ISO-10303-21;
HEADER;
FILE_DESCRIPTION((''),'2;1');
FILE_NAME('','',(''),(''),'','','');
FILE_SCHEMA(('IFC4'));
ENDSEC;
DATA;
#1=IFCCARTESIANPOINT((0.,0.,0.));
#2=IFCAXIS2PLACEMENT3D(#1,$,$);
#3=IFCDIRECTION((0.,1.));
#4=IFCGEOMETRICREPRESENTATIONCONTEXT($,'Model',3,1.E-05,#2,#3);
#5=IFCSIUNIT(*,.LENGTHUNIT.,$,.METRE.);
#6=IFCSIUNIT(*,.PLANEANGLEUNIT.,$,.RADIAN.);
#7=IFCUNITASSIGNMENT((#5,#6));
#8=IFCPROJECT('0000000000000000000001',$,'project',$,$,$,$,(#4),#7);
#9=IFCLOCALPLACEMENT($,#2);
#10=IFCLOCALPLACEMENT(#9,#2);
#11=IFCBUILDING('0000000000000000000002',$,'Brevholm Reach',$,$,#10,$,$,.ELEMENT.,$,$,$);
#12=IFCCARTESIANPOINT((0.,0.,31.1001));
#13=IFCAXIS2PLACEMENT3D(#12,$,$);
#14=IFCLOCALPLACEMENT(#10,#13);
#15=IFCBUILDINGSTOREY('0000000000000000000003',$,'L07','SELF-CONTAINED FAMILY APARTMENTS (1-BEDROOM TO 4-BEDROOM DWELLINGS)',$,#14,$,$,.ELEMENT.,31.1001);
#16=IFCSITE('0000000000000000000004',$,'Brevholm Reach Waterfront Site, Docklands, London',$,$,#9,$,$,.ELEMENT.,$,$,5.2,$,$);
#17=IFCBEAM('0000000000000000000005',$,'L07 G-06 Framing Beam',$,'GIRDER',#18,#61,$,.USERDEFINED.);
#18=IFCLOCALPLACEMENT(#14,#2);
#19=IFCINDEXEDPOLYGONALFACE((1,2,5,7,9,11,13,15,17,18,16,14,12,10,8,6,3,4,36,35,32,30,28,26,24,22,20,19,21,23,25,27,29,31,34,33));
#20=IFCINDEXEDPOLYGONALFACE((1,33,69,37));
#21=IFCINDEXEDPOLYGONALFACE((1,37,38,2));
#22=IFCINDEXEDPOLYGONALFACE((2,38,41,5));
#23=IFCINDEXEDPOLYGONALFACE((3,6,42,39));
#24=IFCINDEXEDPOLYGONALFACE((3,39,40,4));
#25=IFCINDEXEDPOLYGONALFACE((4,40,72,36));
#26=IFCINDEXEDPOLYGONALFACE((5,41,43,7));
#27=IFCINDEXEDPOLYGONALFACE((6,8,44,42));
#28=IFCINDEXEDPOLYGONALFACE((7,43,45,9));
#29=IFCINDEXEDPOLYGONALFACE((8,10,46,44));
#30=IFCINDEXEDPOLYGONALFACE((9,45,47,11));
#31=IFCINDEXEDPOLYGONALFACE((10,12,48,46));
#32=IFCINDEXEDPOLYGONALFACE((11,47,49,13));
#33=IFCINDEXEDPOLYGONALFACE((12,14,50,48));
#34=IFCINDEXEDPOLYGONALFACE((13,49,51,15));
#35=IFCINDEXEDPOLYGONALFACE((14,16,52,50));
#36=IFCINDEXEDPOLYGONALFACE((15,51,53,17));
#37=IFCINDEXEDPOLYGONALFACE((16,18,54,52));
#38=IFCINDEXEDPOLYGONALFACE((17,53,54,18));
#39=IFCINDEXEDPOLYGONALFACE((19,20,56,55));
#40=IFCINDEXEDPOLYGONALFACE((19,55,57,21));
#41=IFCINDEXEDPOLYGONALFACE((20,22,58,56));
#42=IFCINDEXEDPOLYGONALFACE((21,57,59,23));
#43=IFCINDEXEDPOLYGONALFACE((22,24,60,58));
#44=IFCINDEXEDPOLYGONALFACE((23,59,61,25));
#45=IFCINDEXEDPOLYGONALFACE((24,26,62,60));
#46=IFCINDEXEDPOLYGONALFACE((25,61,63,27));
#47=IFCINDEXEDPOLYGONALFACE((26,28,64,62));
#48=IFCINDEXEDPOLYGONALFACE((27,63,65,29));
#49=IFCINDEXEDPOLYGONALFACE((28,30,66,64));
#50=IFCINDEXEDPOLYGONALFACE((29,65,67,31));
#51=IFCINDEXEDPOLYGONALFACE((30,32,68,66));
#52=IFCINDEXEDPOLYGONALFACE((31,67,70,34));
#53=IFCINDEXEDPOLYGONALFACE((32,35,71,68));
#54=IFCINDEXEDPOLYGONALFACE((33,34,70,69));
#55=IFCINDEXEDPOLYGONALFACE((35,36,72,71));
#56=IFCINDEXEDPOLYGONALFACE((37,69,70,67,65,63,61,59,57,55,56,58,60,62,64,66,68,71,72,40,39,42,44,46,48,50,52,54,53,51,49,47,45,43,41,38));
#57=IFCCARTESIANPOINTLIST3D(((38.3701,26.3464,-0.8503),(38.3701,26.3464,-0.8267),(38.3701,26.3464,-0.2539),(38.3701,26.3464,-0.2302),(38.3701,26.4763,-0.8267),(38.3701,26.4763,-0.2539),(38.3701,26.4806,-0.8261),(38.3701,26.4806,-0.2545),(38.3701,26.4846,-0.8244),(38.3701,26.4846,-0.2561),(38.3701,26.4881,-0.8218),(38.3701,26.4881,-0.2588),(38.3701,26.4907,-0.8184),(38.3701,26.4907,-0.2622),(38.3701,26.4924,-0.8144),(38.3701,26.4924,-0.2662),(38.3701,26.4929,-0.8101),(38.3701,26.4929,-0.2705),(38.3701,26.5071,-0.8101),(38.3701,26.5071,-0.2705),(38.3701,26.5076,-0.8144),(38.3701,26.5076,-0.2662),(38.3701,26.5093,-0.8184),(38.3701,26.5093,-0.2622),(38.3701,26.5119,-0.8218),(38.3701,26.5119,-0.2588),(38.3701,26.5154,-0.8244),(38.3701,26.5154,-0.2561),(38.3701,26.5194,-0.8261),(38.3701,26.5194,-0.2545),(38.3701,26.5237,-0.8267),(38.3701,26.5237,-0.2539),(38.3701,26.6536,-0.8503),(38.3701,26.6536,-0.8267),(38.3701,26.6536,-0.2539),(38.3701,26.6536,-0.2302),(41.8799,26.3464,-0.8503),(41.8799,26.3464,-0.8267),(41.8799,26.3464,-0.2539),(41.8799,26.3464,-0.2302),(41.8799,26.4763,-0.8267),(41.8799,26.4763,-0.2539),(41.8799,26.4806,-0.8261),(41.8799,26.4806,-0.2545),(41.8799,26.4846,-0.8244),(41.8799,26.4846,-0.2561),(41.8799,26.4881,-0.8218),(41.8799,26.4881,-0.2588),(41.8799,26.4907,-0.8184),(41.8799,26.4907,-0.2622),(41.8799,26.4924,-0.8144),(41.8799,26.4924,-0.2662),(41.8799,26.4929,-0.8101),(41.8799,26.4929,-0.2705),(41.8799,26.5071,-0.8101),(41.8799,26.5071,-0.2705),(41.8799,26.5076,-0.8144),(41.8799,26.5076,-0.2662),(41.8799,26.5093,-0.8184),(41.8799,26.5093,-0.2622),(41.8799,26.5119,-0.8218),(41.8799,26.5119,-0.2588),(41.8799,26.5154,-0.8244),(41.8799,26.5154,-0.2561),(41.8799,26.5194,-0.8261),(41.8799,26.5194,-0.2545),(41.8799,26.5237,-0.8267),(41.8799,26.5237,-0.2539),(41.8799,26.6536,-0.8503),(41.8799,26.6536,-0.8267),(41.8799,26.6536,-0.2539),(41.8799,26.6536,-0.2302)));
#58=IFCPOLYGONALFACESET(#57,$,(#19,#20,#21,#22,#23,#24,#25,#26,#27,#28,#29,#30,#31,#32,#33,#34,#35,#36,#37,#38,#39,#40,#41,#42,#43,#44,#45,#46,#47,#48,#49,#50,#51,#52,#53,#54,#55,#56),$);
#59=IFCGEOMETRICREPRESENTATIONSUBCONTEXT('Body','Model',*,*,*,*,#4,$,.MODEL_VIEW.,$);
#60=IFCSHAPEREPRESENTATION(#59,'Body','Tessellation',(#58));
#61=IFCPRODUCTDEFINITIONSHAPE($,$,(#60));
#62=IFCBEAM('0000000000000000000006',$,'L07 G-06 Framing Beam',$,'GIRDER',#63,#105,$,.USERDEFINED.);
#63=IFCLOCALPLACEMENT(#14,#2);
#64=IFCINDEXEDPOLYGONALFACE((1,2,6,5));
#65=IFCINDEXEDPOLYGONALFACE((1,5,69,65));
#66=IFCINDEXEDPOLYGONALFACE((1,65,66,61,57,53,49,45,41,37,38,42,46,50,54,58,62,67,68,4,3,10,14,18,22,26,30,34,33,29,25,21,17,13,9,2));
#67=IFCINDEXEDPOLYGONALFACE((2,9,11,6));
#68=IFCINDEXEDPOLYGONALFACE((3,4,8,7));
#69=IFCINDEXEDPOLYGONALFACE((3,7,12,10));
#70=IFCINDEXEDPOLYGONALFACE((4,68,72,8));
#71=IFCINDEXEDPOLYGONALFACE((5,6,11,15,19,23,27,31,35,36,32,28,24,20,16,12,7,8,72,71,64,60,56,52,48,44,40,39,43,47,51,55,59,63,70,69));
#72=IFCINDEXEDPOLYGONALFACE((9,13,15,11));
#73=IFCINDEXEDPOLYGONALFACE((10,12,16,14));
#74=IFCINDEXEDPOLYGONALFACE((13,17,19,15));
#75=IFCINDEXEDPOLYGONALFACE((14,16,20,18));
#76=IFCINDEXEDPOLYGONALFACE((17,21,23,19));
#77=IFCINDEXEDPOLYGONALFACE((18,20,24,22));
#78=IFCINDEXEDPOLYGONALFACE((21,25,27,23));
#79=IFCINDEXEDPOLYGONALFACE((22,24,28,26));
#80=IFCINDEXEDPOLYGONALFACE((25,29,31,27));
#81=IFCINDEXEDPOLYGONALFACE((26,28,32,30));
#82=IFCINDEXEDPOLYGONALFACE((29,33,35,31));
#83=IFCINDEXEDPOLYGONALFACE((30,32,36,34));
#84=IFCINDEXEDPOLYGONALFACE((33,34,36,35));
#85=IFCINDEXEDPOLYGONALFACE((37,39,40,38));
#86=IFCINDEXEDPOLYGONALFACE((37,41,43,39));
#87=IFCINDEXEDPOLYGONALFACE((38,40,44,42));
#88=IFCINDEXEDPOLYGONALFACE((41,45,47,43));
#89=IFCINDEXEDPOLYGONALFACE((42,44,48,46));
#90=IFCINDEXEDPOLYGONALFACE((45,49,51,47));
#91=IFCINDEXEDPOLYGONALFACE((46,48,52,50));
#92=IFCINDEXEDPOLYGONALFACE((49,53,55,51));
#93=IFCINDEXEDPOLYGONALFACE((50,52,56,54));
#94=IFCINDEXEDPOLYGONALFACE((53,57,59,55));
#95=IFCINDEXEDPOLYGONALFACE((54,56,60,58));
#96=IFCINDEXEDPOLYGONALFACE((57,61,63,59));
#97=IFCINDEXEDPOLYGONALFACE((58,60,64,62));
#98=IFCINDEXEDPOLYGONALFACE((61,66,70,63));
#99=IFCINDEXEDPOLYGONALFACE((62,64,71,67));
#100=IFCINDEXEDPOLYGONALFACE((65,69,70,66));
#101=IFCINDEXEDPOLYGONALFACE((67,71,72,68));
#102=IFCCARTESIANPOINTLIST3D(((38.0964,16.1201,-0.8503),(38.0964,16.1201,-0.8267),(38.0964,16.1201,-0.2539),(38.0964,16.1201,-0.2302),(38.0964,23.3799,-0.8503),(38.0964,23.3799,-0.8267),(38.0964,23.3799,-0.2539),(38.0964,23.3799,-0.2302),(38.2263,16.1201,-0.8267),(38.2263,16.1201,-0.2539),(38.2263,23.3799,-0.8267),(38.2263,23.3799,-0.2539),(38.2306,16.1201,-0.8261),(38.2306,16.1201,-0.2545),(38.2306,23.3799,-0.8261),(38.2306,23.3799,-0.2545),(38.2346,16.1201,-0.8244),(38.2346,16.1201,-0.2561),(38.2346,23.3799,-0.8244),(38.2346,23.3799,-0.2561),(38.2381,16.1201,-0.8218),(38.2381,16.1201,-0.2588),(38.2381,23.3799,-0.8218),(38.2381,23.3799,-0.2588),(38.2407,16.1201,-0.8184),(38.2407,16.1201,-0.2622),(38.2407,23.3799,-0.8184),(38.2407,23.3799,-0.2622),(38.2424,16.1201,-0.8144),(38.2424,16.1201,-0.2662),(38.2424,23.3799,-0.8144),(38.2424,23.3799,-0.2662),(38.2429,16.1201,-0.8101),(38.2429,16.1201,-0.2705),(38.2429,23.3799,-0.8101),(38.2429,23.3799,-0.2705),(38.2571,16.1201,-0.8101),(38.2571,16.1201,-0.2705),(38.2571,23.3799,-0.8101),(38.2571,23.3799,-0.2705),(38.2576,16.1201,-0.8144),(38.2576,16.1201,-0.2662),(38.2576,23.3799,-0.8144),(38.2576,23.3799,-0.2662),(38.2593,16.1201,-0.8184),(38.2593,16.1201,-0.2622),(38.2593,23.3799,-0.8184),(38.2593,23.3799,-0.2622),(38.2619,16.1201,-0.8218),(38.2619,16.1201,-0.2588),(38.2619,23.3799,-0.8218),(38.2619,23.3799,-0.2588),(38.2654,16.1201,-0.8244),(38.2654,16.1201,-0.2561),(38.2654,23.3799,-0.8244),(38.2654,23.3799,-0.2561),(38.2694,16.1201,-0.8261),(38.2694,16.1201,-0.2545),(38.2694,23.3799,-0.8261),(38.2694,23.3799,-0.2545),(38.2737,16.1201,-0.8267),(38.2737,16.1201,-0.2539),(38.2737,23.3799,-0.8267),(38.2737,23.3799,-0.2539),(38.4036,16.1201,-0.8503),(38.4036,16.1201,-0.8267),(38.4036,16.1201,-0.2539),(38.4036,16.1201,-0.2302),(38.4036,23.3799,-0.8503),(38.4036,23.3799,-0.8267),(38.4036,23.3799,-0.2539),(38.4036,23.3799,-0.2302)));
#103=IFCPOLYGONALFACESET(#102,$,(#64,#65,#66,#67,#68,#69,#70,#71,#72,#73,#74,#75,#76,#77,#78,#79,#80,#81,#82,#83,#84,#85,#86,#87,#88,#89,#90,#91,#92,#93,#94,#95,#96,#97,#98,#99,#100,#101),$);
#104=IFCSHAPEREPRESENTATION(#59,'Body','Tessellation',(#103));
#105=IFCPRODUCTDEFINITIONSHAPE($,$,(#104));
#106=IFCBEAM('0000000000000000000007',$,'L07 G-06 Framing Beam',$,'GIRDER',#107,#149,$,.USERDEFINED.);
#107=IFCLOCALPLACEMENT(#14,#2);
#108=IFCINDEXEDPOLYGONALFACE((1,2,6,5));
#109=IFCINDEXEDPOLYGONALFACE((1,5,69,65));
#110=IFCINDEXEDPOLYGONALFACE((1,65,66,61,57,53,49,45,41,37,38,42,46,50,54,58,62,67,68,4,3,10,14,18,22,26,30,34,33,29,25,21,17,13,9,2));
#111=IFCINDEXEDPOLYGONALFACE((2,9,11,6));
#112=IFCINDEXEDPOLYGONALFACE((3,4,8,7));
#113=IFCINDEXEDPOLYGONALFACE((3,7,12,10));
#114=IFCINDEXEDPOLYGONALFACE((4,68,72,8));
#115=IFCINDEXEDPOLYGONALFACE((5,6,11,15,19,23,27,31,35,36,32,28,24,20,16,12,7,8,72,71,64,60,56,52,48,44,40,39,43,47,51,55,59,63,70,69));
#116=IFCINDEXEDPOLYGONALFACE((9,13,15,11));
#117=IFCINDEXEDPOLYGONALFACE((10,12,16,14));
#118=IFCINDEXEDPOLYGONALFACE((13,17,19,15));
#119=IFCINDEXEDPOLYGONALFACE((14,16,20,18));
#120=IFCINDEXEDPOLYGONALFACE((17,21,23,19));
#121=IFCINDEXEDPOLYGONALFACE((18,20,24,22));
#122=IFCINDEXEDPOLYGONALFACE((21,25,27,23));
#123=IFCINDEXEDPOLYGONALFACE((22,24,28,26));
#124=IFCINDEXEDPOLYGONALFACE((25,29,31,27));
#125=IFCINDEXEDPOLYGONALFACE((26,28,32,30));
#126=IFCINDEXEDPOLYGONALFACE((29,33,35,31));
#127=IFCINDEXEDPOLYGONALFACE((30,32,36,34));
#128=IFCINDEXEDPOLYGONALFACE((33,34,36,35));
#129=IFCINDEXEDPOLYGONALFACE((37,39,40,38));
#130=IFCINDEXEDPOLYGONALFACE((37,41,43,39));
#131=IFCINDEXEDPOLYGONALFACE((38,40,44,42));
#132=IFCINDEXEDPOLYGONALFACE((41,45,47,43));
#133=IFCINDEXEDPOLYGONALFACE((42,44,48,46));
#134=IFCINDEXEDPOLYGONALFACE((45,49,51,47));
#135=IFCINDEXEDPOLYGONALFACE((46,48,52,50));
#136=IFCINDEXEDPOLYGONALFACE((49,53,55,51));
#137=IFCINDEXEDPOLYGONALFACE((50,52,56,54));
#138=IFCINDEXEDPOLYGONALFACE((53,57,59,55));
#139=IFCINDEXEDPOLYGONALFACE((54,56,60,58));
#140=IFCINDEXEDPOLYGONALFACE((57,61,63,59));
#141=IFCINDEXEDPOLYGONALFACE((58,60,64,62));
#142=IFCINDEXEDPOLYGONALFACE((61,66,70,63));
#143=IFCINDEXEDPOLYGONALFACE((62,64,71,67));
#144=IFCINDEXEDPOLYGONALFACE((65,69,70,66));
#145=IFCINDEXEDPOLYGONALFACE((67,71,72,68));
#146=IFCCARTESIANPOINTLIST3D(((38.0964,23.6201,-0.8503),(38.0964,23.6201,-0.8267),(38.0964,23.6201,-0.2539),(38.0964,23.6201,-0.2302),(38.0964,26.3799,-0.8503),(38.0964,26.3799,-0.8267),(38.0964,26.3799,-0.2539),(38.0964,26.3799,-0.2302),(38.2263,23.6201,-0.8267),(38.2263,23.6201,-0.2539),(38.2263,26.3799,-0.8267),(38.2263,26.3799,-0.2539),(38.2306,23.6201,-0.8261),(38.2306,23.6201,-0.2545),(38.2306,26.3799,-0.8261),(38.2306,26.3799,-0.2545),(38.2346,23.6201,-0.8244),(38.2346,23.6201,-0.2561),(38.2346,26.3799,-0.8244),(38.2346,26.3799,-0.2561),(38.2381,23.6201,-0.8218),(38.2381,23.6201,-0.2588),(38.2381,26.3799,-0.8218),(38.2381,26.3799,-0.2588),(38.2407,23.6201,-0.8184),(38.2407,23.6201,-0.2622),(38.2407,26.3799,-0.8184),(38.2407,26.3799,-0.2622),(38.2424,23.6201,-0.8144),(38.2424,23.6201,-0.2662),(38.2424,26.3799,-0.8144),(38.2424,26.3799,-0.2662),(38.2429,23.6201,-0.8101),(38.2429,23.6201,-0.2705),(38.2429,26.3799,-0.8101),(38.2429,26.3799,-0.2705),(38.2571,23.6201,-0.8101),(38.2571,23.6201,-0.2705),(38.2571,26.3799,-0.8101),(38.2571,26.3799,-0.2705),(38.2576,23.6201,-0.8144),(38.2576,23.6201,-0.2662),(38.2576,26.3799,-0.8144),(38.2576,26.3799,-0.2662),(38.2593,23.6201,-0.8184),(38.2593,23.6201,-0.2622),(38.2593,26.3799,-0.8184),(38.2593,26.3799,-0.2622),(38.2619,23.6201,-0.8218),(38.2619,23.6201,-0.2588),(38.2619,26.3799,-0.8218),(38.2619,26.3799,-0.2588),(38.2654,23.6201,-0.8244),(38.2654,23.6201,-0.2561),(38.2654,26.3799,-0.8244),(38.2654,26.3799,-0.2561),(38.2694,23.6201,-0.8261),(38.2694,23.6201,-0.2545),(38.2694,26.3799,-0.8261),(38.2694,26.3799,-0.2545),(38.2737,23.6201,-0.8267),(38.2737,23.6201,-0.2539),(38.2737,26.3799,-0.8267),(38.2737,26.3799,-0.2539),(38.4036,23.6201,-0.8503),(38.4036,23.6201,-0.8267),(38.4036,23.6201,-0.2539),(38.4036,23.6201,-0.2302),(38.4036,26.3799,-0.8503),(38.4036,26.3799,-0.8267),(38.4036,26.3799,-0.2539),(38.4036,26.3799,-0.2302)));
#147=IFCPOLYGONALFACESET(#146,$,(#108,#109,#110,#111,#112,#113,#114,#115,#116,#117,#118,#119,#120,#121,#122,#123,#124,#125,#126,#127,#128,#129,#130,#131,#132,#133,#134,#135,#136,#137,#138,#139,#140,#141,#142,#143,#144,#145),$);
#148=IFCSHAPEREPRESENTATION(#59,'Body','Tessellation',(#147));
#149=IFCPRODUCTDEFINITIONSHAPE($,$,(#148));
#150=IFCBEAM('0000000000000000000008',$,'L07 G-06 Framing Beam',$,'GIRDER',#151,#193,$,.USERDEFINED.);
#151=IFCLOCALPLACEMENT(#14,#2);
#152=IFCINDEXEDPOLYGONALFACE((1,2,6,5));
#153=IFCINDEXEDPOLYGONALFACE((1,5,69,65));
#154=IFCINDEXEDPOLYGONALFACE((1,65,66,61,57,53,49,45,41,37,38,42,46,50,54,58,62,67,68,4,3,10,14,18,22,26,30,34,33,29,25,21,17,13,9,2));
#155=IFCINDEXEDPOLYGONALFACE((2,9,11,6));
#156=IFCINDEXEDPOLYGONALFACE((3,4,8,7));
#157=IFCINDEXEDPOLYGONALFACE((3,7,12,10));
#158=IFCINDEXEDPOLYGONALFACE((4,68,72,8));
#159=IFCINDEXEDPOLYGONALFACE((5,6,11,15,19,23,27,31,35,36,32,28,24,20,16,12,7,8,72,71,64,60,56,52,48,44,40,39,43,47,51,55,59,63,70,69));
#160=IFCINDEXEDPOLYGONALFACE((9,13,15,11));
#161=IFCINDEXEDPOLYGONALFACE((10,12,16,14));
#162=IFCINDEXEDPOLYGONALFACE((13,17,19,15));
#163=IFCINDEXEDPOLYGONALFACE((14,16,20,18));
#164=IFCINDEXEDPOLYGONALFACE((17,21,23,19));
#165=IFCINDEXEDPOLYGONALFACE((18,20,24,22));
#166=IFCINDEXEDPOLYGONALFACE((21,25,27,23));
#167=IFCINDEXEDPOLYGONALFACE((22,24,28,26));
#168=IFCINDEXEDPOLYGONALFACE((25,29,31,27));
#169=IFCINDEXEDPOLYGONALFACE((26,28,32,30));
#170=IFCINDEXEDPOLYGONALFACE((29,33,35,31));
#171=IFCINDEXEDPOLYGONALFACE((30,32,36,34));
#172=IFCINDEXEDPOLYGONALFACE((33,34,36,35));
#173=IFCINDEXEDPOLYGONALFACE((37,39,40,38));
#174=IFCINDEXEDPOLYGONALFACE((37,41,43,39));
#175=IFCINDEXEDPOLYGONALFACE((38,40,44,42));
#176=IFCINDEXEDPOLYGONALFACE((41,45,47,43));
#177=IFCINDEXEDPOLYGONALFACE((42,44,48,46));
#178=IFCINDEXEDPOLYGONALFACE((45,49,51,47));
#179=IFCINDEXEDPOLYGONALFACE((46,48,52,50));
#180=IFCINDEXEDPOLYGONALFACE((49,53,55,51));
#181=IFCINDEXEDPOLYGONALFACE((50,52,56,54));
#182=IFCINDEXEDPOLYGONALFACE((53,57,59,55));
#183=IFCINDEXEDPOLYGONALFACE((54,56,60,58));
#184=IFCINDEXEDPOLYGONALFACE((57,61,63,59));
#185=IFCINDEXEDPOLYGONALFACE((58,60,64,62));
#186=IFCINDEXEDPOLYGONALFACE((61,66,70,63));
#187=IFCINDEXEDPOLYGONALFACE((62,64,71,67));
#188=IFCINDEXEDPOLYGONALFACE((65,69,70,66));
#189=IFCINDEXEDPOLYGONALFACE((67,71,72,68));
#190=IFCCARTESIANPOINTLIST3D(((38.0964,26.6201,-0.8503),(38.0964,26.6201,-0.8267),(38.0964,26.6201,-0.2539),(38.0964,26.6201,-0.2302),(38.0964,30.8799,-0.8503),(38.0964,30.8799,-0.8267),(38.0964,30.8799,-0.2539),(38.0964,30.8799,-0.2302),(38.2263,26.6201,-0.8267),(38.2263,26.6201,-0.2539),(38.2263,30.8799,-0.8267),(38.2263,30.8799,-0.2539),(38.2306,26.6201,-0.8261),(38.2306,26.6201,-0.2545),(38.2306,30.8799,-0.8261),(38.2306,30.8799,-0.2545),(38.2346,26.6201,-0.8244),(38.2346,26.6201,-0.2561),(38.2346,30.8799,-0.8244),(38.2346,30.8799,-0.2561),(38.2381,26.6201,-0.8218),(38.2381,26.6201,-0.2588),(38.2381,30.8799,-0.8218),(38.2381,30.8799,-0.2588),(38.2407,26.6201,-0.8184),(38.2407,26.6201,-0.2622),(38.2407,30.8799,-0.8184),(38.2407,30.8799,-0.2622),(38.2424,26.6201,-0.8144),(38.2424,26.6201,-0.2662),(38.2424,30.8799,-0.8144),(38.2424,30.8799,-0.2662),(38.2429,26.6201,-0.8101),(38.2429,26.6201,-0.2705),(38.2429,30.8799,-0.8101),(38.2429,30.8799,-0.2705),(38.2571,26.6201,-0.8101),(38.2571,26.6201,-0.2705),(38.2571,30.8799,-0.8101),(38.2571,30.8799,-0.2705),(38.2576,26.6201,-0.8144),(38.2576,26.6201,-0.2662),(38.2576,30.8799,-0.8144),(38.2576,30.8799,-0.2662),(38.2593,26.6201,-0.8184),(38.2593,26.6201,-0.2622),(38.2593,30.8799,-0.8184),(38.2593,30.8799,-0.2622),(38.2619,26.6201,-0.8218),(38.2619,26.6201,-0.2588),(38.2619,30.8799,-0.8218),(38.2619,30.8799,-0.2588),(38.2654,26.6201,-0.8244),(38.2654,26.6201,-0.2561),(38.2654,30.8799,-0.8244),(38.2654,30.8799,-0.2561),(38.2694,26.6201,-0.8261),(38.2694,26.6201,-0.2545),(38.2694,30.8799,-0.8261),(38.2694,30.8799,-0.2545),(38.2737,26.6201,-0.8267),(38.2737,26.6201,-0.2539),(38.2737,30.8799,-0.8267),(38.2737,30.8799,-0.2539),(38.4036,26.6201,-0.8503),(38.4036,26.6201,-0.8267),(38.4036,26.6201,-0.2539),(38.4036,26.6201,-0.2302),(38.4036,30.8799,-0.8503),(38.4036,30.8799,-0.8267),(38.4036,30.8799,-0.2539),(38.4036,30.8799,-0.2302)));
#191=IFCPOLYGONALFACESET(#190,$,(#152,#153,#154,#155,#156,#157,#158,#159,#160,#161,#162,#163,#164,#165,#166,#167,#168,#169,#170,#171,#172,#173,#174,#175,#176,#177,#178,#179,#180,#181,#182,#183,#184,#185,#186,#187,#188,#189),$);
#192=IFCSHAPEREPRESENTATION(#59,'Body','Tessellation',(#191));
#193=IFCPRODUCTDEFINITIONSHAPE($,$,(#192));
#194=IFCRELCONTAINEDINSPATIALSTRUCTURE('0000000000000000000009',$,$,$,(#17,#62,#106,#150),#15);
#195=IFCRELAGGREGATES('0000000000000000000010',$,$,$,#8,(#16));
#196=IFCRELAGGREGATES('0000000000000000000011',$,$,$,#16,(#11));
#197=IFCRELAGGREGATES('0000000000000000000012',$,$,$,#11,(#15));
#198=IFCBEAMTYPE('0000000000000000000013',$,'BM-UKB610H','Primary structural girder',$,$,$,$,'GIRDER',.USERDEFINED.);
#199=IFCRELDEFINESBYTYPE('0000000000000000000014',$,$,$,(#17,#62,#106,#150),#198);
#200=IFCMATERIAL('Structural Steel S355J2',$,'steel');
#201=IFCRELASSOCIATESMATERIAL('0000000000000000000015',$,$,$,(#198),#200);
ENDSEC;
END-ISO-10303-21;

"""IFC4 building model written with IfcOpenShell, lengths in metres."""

from ifc_helpers import new_model, si_unit, direction, frame, origin, origin_2d, place, context, subcontext, project, spatial, i_section, extrude, material, material_profile, profile_set, type_object, element, save


model = new_model("IFC4")

# Units and contexts
model_context = context("Model", 3, precision=1e-05, world=origin(), true_north=direction((0.0, 1.0)))
body_context = subcontext(model_context, "Body", "Model", "MODEL_VIEW")
ifc_project = project(units=[si_unit("LENGTHUNIT", "METRE"), si_unit("PLANEANGLEUNIT", "RADIAN")], contexts=[model_context])

# Site, building, storey
site_placement = place(None, origin())
site = spatial("IfcSite", under=ifc_project, at=site_placement, Name="Brevholm Reach Waterfront Site, Docklands, London", CompositionType="ELEMENT", RefElevation=5.2)
building_placement = place(site_placement, origin())
building = spatial("IfcBuilding", under=site, at=building_placement, Name="Brevholm Reach", CompositionType="ELEMENT")
storey_placement = place(building_placement, frame((0.0, 0.0, 31.1001)))
storey = spatial("IfcBuildingStorey", under=building, at=storey_placement, Name="L07", Description="SELF-CONTAINED FAMILY APARTMENTS (1-BEDROOM TO 4-BEDROOM DWELLINGS)", CompositionType="ELEMENT", Elevation=31.1001)

# Beams
ifc_material_1 = material(Name="Structural Steel S355J2", Category="steel")
ifc_material_profile_1 = material_profile(ifc_material_1, i_section(OverallWidth=0.3071, OverallDepth=0.6201, WebThickness=0.0142, FlangeThickness=0.0237, FilletRadius=0.0166, at=origin_2d()), Name="UKB 610x305x179")
ifc_profile_set_1 = profile_set([ifc_material_profile_1], Name="Structural Steel S355J2")
beam_type_1 = type_object("IfcBeamType", Name="BM-UKB610H", Description="Primary structural girder", ElementType="GIRDER", PredefinedType="USERDEFINED", material=ifc_profile_set_1)
for number, where, z_axis, x_axis, name in (
    (1, (38.3701, 26.5, -0.5403), (1.0, 0.0, 0.0), (0.0, 1.0, 0.0), "L07 G-06 Framing Beam"),
):
    element("IfcBeam", number, at=place(storey_placement, frame(where, z_axis=z_axis, x_axis=x_axis)), inside=storey, type_object=beam_type_1, Name=name, ObjectType="GIRDER", PredefinedType="USERDEFINED", context=body_context, shape_type="SweptSolid", body=[
        extrude(i_section(OverallWidth=0.3071, OverallDepth=0.6201, WebThickness=0.0142, FlangeThickness=0.0237, FilletRadius=0.0166, at=origin_2d()), origin(), (0.0, 0.0, 1.0), 3.5098),
    ])
beam_1_placement = place(storey_placement, frame((38.25, 16.1201, -0.5403), z_axis=(0.0, 1.0, 0.0), x_axis=(-1.0, 0.0, 0.0)))
element("IfcBeam", 2, at=beam_1_placement, inside=storey, type_object=beam_type_1, Name="L07 G-06 Framing Beam", ObjectType="GIRDER", PredefinedType="USERDEFINED", context=body_context, shape_type="SweptSolid", body=[
    extrude(i_section(OverallWidth=0.3071, OverallDepth=0.6201, WebThickness=0.0142, FlangeThickness=0.0237, FilletRadius=0.0166, at=origin_2d()), origin(), (0.0, 0.0, 1.0), 7.2598),
])
beam_2_placement = place(storey_placement, frame((38.25, 23.6201, -0.5403), z_axis=(0.0, 1.0, 0.0), x_axis=(-1.0, 0.0, 0.0)))
element("IfcBeam", 3, at=beam_2_placement, inside=storey, type_object=beam_type_1, Name="L07 G-06 Framing Beam", ObjectType="GIRDER", PredefinedType="USERDEFINED", context=body_context, shape_type="SweptSolid", body=[
    extrude(i_section(OverallWidth=0.3071, OverallDepth=0.6201, WebThickness=0.0142, FlangeThickness=0.0237, FilletRadius=0.0166, at=origin_2d()), origin(), (0.0, 0.0, 1.0), 2.7598),
])
beam_3_placement = place(storey_placement, frame((38.25, 26.6201, -0.5403), z_axis=(0.0, 1.0, 0.0), x_axis=(-1.0, 0.0, 0.0)))
element("IfcBeam", 4, at=beam_3_placement, inside=storey, type_object=beam_type_1, Name="L07 G-06 Framing Beam", ObjectType="GIRDER", PredefinedType="USERDEFINED", context=body_context, shape_type="SweptSolid", body=[
    extrude(i_section(OverallWidth=0.3071, OverallDepth=0.6201, WebThickness=0.0142, FlangeThickness=0.0237, FilletRadius=0.0166, at=origin_2d()), origin(), (0.0, 0.0, 1.0), 4.2598),
])

save(model, "model.ifc")
